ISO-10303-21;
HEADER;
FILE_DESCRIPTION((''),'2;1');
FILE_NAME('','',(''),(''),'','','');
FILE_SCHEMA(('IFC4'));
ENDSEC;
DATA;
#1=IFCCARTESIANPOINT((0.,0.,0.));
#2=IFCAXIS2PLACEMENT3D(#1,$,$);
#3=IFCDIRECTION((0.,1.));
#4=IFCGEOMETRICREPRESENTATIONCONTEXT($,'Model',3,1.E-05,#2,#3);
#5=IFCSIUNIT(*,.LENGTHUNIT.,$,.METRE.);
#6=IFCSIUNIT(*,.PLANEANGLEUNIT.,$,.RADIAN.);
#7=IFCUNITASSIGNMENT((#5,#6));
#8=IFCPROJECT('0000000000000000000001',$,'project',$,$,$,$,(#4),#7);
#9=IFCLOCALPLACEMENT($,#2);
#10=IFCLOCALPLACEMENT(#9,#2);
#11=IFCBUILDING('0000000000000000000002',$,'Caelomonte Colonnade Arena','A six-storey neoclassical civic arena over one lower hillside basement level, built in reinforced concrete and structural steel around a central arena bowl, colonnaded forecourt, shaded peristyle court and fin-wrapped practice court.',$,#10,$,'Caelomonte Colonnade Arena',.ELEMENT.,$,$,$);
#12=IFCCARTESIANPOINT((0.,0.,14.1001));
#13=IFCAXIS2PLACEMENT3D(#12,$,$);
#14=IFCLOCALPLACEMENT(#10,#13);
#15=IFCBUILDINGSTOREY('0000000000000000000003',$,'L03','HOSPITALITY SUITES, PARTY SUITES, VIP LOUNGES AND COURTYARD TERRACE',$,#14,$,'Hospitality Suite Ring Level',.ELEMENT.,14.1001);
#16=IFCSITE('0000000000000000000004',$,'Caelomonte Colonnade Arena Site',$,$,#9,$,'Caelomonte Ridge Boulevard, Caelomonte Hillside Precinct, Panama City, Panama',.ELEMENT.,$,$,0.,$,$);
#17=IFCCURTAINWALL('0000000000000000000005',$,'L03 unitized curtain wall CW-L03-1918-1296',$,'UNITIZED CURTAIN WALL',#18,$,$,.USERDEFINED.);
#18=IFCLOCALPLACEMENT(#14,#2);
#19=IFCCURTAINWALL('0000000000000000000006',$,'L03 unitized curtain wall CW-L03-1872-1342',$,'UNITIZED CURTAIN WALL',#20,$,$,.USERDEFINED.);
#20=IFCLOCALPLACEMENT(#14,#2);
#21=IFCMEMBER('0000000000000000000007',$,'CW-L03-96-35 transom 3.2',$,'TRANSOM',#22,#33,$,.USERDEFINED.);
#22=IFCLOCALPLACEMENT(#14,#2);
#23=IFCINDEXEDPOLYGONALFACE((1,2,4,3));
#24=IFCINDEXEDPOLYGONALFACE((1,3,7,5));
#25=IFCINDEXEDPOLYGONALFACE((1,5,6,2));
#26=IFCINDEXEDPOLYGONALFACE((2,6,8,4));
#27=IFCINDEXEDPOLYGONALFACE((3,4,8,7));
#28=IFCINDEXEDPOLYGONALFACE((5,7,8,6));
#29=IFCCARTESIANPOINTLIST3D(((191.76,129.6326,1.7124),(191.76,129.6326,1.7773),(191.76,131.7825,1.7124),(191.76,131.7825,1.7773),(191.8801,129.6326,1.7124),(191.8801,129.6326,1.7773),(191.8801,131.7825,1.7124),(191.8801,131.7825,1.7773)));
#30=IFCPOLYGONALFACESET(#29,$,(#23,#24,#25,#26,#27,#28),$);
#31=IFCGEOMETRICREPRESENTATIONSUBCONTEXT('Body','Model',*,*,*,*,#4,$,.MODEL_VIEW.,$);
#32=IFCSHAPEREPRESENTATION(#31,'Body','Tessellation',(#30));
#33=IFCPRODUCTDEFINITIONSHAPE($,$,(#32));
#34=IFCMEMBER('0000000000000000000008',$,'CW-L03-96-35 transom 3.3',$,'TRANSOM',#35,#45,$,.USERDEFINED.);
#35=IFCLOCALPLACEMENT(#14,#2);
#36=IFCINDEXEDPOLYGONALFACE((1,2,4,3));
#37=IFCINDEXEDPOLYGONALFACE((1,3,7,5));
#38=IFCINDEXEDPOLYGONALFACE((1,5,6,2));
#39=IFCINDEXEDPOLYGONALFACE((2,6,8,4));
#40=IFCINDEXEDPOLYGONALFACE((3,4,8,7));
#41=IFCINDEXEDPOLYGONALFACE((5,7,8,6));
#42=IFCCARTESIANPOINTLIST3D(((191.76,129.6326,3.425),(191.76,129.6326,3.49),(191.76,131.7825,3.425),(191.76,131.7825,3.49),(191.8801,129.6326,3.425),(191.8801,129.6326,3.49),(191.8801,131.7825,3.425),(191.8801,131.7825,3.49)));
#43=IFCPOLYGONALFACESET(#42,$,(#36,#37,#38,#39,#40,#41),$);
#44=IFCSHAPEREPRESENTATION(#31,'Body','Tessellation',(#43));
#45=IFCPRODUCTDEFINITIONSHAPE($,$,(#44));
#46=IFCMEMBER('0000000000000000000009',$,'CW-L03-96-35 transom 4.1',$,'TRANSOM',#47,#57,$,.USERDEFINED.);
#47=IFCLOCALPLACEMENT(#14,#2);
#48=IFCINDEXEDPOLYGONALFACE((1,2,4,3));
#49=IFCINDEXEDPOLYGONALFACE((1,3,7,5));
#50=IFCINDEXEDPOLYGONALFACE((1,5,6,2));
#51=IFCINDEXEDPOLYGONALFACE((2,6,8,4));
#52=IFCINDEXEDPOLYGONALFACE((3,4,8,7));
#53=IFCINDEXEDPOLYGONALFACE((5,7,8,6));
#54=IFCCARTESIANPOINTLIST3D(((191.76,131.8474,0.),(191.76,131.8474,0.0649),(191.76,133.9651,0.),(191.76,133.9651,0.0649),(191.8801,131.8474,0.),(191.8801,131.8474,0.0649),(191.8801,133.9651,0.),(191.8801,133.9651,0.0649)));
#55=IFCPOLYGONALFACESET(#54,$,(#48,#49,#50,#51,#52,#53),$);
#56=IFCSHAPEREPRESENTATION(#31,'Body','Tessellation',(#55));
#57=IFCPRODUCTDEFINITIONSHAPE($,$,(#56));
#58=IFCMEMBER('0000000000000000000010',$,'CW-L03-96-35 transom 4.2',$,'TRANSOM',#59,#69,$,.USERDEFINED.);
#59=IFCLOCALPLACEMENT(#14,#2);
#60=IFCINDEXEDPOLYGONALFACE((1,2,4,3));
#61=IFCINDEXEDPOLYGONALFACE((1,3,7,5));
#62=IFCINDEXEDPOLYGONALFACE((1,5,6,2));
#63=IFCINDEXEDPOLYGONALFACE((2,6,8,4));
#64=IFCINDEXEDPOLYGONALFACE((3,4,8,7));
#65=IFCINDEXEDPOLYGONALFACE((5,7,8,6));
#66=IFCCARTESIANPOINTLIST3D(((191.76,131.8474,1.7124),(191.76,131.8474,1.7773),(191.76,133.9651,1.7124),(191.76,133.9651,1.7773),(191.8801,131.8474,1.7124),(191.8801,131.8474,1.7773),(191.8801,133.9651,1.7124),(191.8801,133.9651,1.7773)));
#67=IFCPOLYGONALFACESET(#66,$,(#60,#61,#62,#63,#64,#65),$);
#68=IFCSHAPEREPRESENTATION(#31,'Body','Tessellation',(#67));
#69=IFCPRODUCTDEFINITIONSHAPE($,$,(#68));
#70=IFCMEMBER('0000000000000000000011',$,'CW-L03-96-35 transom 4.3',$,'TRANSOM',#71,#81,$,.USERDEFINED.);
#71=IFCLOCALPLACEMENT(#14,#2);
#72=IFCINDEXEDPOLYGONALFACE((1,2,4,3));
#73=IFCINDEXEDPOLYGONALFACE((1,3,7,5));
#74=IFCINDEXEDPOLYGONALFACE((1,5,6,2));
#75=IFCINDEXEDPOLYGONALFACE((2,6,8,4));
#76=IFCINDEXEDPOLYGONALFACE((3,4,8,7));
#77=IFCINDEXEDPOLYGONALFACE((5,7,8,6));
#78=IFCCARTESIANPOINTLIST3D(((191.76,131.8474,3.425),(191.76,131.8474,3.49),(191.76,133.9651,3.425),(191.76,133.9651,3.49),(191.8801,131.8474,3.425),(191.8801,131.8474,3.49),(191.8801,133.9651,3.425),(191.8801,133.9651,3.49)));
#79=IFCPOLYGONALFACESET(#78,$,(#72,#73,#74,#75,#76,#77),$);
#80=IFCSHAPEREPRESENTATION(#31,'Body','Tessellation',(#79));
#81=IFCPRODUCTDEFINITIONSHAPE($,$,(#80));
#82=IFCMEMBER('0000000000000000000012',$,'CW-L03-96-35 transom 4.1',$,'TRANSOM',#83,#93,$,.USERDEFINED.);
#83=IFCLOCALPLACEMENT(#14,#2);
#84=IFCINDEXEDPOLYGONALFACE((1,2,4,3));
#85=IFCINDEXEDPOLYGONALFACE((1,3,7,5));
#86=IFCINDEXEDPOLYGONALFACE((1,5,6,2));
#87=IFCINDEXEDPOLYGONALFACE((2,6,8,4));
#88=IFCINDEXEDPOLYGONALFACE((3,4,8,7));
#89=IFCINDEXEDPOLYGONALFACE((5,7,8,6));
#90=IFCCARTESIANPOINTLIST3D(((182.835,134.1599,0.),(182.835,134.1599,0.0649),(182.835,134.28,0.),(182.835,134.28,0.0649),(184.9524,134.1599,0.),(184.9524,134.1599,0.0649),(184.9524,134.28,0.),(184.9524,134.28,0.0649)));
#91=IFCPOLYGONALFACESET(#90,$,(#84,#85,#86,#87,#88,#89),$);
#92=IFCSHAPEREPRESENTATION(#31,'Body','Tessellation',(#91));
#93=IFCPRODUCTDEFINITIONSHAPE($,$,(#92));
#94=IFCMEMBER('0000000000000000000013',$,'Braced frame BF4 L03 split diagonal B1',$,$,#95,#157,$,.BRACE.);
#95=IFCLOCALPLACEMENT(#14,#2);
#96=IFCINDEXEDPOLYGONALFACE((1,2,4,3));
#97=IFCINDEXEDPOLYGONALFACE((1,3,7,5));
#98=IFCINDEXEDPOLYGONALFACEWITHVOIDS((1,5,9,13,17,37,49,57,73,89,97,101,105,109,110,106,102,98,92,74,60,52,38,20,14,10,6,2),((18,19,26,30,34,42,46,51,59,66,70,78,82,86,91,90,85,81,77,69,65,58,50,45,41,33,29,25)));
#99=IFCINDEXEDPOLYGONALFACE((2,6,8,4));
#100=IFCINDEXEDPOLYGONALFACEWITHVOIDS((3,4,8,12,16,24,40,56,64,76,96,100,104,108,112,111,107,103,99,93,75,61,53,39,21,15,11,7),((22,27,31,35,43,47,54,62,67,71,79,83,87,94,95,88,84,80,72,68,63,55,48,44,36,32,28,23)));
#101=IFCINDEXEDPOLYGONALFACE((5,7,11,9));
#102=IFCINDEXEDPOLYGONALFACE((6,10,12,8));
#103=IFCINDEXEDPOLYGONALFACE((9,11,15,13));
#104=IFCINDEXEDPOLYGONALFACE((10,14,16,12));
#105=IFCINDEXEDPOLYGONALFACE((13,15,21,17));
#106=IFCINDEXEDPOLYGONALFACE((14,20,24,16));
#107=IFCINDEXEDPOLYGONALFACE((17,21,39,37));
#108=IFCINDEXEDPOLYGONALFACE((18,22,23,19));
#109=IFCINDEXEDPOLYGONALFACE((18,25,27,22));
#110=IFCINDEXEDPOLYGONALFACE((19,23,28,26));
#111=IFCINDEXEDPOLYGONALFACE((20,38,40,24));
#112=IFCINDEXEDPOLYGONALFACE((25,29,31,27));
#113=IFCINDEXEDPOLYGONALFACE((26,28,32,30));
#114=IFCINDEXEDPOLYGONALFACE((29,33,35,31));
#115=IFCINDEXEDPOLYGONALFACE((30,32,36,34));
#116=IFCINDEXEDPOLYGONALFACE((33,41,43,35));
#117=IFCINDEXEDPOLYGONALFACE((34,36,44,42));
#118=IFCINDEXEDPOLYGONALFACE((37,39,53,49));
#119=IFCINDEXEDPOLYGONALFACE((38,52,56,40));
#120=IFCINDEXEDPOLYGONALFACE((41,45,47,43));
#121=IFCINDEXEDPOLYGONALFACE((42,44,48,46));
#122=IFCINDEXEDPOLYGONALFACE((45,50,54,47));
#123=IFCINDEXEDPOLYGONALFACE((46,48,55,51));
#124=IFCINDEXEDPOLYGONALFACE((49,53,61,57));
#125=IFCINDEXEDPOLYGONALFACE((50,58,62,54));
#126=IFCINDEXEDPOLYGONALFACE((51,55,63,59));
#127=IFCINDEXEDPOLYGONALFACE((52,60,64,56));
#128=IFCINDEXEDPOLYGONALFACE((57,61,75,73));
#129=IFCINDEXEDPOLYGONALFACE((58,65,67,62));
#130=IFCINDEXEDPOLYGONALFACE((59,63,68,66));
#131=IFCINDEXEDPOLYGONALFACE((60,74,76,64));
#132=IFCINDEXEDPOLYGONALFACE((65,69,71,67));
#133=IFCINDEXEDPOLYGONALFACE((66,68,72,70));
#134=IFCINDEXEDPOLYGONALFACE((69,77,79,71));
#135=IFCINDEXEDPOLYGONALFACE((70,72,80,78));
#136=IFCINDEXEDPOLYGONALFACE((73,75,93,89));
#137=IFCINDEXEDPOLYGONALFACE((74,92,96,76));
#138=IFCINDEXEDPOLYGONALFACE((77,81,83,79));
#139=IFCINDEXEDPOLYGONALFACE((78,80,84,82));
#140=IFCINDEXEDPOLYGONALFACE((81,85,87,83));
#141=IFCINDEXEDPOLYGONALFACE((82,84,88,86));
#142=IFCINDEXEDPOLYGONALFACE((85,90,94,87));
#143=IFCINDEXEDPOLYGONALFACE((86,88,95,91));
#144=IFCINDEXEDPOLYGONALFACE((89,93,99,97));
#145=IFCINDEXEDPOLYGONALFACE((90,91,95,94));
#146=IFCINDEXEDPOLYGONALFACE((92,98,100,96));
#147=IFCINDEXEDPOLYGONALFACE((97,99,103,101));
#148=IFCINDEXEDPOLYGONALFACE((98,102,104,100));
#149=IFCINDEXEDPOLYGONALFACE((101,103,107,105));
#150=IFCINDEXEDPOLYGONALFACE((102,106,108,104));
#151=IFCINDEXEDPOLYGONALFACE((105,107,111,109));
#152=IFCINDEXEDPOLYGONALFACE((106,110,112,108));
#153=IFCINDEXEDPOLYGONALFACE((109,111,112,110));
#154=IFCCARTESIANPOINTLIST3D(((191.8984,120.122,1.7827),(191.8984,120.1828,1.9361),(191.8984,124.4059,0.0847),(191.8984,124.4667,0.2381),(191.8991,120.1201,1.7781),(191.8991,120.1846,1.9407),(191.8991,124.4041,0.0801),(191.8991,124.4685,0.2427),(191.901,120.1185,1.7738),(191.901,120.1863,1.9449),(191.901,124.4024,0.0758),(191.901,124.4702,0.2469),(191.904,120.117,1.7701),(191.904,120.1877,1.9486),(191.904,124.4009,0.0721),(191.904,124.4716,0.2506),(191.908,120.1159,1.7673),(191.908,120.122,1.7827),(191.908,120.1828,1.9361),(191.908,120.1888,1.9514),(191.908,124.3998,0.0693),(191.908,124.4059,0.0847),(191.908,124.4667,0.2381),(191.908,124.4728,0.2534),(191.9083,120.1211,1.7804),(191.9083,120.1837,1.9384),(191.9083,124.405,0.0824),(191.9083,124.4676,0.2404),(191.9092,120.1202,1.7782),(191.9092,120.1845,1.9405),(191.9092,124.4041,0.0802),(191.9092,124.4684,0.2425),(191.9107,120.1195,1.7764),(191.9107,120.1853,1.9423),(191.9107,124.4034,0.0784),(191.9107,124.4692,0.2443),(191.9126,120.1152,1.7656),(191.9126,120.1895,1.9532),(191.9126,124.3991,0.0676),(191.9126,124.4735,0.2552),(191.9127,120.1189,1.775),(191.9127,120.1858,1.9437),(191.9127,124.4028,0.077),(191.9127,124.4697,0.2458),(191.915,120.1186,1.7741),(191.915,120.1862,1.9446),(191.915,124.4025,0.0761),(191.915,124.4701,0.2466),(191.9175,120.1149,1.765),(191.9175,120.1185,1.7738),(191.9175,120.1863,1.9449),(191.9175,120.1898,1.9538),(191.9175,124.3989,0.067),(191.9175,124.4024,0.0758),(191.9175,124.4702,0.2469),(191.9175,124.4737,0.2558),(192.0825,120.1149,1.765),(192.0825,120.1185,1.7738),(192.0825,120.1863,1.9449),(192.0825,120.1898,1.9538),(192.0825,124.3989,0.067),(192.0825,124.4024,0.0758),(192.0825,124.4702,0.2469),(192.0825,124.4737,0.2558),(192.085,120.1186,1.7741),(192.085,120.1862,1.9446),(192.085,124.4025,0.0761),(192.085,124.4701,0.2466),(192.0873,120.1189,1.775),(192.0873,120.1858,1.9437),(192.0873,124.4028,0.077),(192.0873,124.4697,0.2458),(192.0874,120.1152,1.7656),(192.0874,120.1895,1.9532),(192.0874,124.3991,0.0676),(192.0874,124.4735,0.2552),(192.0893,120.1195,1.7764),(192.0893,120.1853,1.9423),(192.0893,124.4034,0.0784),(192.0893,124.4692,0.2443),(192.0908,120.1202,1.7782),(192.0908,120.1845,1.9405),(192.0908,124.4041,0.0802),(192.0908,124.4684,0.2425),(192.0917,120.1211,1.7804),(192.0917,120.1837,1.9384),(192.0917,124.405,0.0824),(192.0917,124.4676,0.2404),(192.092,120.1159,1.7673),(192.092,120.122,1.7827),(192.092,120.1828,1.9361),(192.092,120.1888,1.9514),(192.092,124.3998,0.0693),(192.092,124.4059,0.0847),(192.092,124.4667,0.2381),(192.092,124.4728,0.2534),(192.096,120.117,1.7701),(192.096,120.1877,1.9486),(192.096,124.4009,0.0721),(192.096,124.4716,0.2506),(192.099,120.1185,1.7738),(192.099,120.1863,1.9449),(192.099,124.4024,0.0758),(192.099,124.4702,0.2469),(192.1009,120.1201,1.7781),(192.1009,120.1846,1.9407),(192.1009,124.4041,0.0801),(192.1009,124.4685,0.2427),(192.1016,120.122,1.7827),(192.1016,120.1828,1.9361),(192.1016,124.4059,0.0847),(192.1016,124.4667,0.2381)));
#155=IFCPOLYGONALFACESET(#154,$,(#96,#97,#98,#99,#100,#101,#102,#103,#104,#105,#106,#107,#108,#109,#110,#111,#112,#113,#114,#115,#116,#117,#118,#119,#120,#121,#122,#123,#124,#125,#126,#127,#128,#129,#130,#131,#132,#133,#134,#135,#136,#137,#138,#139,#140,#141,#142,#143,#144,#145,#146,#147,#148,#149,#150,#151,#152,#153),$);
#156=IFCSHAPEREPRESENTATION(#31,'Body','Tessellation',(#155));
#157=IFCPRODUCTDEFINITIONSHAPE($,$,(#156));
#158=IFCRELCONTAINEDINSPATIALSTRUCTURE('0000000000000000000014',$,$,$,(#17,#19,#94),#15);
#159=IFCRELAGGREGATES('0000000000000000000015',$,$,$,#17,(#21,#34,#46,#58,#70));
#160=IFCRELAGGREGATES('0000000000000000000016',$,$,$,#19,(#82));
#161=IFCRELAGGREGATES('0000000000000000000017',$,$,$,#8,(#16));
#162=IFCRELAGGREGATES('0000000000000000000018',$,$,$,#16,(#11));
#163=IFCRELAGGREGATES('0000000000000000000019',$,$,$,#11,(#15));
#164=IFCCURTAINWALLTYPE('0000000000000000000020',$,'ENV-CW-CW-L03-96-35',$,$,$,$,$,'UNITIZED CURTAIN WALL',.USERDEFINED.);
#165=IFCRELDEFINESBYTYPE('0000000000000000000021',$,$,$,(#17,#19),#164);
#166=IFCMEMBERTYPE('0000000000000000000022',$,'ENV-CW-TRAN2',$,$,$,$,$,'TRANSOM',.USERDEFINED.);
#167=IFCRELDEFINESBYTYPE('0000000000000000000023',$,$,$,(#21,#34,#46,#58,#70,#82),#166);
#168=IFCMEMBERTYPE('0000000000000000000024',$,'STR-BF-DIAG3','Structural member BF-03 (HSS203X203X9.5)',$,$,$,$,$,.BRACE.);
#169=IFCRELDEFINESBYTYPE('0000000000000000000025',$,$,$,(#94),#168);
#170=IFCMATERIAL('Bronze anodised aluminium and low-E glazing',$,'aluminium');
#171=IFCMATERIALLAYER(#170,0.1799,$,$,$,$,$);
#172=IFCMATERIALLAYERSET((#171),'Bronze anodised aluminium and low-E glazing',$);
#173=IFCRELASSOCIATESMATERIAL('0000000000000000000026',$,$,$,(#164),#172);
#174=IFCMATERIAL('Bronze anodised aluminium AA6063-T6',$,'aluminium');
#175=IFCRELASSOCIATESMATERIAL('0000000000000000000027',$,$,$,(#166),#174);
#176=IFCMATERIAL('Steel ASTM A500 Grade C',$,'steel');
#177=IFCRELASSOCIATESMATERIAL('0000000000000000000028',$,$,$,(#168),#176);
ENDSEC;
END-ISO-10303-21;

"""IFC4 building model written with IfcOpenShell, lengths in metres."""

from ifc_helpers import new_model, si_unit, direction, frame, origin, origin_2d, place, context, subcontext, project, spatial, rectangle, hollow_rectangle, extrude, material, layer, layer_set, material_profile, profile_set, type_object, element, aggregate, save


model = new_model("IFC4")

# Units and contexts
model_context = context("Model", 3, precision=1e-05, world=origin(), true_north=direction((0.0, 1.0)))
body_context = subcontext(model_context, "Body", "Model", "MODEL_VIEW")
ifc_project = project(units=[si_unit("LENGTHUNIT", "METRE"), si_unit("PLANEANGLEUNIT", "RADIAN")], contexts=[model_context])

# Site, building, storey
site_placement = place(None, origin())
site = spatial("IfcSite", under=ifc_project, at=site_placement, Name="Caelomonte Colonnade Arena Site", LongName="Caelomonte Ridge Boulevard, Caelomonte Hillside Precinct, Panama City, Panama", CompositionType="ELEMENT", RefElevation=0.0)
building_placement = place(site_placement, origin())
building = spatial("IfcBuilding", under=site, at=building_placement, Name="Caelomonte Colonnade Arena", Description="A six-storey neoclassical civic arena over one lower hillside basement level, built in reinforced concrete and structural steel around a central arena bowl, colonnaded forecourt, shaded peristyle court and fin-wrapped practice court.", LongName="Caelomonte Colonnade Arena", CompositionType="ELEMENT")
storey_placement = place(building_placement, frame((0.0, 0.0, 14.1001)))
storey = spatial("IfcBuildingStorey", under=building, at=storey_placement, Name="L03", Description="HOSPITALITY SUITES, PARTY SUITES, VIP LOUNGES AND COURTYARD TERRACE", LongName="Hospitality Suite Ring Level", CompositionType="ELEMENT", Elevation=14.1001)

# Curtain wall
ifc_material_1 = material(Name="Bronze anodised aluminium and low-E glazing", Category="aluminium")
ifc_layer_1 = layer(ifc_material_1, 0.1799)
ifc_layer_set_1 = layer_set([ifc_layer_1], Name="Bronze anodised aluminium and low-E glazing")
curtain_wall_type = type_object("IfcCurtainWallType", Name="ENV-CW-CW-L03-96-35", ElementType="UNITIZED CURTAIN WALL", PredefinedType="USERDEFINED", material=ifc_layer_set_1)
curtain_wall_1_placement = place(storey_placement, origin())
curtain_wall_1 = element("IfcCurtainWall", 1, at=curtain_wall_1_placement, inside=storey, type_object=curtain_wall_type, Name="L03 unitized curtain wall CW-L03-1918-1296", ObjectType="UNITIZED CURTAIN WALL", PredefinedType="USERDEFINED")
ifc_material_2 = material(Name="Bronze anodised aluminium AA6063-T6", Category="aluminium")

# Curtain wall
curtain_wall_2_placement = place(storey_placement, origin())
curtain_wall_2 = element("IfcCurtainWall", 2, at=curtain_wall_2_placement, inside=storey, type_object=curtain_wall_type, Name="L03 unitized curtain wall CW-L03-1872-1342", ObjectType="UNITIZED CURTAIN WALL", PredefinedType="USERDEFINED")

# Members
ifc_material_profile_1 = material_profile(ifc_material_2, rectangle(XDim=0.0649, YDim=0.1201, at=origin_2d()), Name="CWT-65X120")
ifc_profile_set_1 = profile_set([ifc_material_profile_1], Name="Bronze anodised aluminium AA6063-T6")
member_type_1 = type_object("IfcMemberType", Name="ENV-CW-TRAN2", ElementType="TRANSOM", PredefinedType="USERDEFINED", material=ifc_profile_set_1)
member_1_placement = place(storey_placement, frame((191.8201, 129.6326, 1.7449), z_axis=(0.0, 1.0, 0.0), x_axis=(0.0, 0.0, 1.0)))
member_1 = element("IfcMember", 3, at=member_1_placement, type_object=member_type_1, Name="CW-L03-96-35 transom 3.2", ObjectType="TRANSOM", PredefinedType="USERDEFINED", context=body_context, shape_type="SweptSolid", body=[
    extrude(rectangle(XDim=0.0649, YDim=0.1201, at=origin_2d()), origin(), (0.0, 0.0, 1.0), 2.1499),
])
member_2_placement = place(storey_placement, frame((191.8201, 129.6326, 3.4575), z_axis=(0.0, 1.0, 0.0), x_axis=(0.0, 0.0, 1.0)))
member_2 = element("IfcMember", 4, at=member_2_placement, type_object=member_type_1, Name="CW-L03-96-35 transom 3.3", ObjectType="TRANSOM", PredefinedType="USERDEFINED", context=body_context, shape_type="SweptSolid", body=[
    extrude(rectangle(XDim=0.0649, YDim=0.1201, at=origin_2d()), origin(), (0.0, 0.0, 1.0), 2.1499),
])
member_3_placement = place(storey_placement, frame((191.8201, 131.8474, 0.0325), z_axis=(0.0, 1.0, 0.0), x_axis=(0.0, 0.0, 1.0)))
member_3 = element("IfcMember", 5, at=member_3_placement, type_object=member_type_1, Name="CW-L03-96-35 transom 4.1", ObjectType="TRANSOM", PredefinedType="USERDEFINED", context=body_context, shape_type="SweptSolid", body=[
    extrude(rectangle(XDim=0.0649, YDim=0.1201, at=origin_2d()), origin(), (0.0, 0.0, 1.0), 2.1177),
])
member_4_placement = place(storey_placement, frame((191.8201, 131.8474, 1.7449), z_axis=(0.0, 1.0, 0.0), x_axis=(0.0, 0.0, 1.0)))
member_4 = element("IfcMember", 6, at=member_4_placement, type_object=member_type_1, Name="CW-L03-96-35 transom 4.2", ObjectType="TRANSOM", PredefinedType="USERDEFINED", context=body_context, shape_type="SweptSolid", body=[
    extrude(rectangle(XDim=0.0649, YDim=0.1201, at=origin_2d()), origin(), (0.0, 0.0, 1.0), 2.1177),
])
member_5_placement = place(storey_placement, frame((191.8201, 131.8474, 3.4575), z_axis=(0.0, 1.0, 0.0), x_axis=(0.0, 0.0, 1.0)))
member_5 = element("IfcMember", 7, at=member_5_placement, type_object=member_type_1, Name="CW-L03-96-35 transom 4.3", ObjectType="TRANSOM", PredefinedType="USERDEFINED", context=body_context, shape_type="SweptSolid", body=[
    extrude(rectangle(XDim=0.0649, YDim=0.1201, at=origin_2d()), origin(), (0.0, 0.0, 1.0), 2.1177),
])
member_6_placement = place(storey_placement, frame((184.9524, 134.22, 0.0325), z_axis=(-1.0, 0.0, 0.0), x_axis=(0.0, 0.0, 1.0)))
member_6 = element("IfcMember", 8, at=member_6_placement, type_object=member_type_1, Name="CW-L03-96-35 transom 4.1", ObjectType="TRANSOM", PredefinedType="USERDEFINED", context=body_context, shape_type="SweptSolid", body=[
    extrude(rectangle(XDim=0.0649, YDim=0.1201, at=origin_2d()), origin(), (0.0, 0.0, 1.0), 2.1174),
])
ifc_material_3 = material(Name="Steel ASTM A500 Grade C", Category="steel")
ifc_material_profile_2 = material_profile(ifc_material_3, hollow_rectangle(XDim=0.2031, YDim=0.2031, WallThickness=0.0095, InnerFilletRadius=0.0095, OuterFilletRadius=0.019, at=origin_2d()), Name="HSS203X203X9.5")
ifc_profile_set_2 = profile_set([ifc_material_profile_2], Name="Steel ASTM A500 Grade C")
member_type_2 = type_object("IfcMemberType", Name="STR-BF-DIAG3", Description="Structural member BF-03 (HSS203X203X9.5)", PredefinedType="BRACE", material=ifc_profile_set_2)
member_7_placement = place(storey_placement, frame((192.0, 124.4363, 0.1614), z_axis=(0.0, -0.929638, 0.368475), x_axis=(1.0, 0.0, 0.0)))
element("IfcMember", 9, at=member_7_placement, inside=storey, type_object=member_type_2, Name="Braced frame BF4 L03 split diagonal B1", PredefinedType="BRACE", context=body_context, shape_type="SweptSolid", body=[
    extrude(hollow_rectangle(XDim=0.2031, YDim=0.2031, WallThickness=0.0095, InnerFilletRadius=0.0095, OuterFilletRadius=0.019, at=origin_2d()), origin(), (0.0, 0.0, 1.0), 4.6082),
])

aggregate(curtain_wall_1, [member_1, member_2, member_3, member_4, member_5])
aggregate(curtain_wall_2, [member_6])

save(model, "model.ifc")
